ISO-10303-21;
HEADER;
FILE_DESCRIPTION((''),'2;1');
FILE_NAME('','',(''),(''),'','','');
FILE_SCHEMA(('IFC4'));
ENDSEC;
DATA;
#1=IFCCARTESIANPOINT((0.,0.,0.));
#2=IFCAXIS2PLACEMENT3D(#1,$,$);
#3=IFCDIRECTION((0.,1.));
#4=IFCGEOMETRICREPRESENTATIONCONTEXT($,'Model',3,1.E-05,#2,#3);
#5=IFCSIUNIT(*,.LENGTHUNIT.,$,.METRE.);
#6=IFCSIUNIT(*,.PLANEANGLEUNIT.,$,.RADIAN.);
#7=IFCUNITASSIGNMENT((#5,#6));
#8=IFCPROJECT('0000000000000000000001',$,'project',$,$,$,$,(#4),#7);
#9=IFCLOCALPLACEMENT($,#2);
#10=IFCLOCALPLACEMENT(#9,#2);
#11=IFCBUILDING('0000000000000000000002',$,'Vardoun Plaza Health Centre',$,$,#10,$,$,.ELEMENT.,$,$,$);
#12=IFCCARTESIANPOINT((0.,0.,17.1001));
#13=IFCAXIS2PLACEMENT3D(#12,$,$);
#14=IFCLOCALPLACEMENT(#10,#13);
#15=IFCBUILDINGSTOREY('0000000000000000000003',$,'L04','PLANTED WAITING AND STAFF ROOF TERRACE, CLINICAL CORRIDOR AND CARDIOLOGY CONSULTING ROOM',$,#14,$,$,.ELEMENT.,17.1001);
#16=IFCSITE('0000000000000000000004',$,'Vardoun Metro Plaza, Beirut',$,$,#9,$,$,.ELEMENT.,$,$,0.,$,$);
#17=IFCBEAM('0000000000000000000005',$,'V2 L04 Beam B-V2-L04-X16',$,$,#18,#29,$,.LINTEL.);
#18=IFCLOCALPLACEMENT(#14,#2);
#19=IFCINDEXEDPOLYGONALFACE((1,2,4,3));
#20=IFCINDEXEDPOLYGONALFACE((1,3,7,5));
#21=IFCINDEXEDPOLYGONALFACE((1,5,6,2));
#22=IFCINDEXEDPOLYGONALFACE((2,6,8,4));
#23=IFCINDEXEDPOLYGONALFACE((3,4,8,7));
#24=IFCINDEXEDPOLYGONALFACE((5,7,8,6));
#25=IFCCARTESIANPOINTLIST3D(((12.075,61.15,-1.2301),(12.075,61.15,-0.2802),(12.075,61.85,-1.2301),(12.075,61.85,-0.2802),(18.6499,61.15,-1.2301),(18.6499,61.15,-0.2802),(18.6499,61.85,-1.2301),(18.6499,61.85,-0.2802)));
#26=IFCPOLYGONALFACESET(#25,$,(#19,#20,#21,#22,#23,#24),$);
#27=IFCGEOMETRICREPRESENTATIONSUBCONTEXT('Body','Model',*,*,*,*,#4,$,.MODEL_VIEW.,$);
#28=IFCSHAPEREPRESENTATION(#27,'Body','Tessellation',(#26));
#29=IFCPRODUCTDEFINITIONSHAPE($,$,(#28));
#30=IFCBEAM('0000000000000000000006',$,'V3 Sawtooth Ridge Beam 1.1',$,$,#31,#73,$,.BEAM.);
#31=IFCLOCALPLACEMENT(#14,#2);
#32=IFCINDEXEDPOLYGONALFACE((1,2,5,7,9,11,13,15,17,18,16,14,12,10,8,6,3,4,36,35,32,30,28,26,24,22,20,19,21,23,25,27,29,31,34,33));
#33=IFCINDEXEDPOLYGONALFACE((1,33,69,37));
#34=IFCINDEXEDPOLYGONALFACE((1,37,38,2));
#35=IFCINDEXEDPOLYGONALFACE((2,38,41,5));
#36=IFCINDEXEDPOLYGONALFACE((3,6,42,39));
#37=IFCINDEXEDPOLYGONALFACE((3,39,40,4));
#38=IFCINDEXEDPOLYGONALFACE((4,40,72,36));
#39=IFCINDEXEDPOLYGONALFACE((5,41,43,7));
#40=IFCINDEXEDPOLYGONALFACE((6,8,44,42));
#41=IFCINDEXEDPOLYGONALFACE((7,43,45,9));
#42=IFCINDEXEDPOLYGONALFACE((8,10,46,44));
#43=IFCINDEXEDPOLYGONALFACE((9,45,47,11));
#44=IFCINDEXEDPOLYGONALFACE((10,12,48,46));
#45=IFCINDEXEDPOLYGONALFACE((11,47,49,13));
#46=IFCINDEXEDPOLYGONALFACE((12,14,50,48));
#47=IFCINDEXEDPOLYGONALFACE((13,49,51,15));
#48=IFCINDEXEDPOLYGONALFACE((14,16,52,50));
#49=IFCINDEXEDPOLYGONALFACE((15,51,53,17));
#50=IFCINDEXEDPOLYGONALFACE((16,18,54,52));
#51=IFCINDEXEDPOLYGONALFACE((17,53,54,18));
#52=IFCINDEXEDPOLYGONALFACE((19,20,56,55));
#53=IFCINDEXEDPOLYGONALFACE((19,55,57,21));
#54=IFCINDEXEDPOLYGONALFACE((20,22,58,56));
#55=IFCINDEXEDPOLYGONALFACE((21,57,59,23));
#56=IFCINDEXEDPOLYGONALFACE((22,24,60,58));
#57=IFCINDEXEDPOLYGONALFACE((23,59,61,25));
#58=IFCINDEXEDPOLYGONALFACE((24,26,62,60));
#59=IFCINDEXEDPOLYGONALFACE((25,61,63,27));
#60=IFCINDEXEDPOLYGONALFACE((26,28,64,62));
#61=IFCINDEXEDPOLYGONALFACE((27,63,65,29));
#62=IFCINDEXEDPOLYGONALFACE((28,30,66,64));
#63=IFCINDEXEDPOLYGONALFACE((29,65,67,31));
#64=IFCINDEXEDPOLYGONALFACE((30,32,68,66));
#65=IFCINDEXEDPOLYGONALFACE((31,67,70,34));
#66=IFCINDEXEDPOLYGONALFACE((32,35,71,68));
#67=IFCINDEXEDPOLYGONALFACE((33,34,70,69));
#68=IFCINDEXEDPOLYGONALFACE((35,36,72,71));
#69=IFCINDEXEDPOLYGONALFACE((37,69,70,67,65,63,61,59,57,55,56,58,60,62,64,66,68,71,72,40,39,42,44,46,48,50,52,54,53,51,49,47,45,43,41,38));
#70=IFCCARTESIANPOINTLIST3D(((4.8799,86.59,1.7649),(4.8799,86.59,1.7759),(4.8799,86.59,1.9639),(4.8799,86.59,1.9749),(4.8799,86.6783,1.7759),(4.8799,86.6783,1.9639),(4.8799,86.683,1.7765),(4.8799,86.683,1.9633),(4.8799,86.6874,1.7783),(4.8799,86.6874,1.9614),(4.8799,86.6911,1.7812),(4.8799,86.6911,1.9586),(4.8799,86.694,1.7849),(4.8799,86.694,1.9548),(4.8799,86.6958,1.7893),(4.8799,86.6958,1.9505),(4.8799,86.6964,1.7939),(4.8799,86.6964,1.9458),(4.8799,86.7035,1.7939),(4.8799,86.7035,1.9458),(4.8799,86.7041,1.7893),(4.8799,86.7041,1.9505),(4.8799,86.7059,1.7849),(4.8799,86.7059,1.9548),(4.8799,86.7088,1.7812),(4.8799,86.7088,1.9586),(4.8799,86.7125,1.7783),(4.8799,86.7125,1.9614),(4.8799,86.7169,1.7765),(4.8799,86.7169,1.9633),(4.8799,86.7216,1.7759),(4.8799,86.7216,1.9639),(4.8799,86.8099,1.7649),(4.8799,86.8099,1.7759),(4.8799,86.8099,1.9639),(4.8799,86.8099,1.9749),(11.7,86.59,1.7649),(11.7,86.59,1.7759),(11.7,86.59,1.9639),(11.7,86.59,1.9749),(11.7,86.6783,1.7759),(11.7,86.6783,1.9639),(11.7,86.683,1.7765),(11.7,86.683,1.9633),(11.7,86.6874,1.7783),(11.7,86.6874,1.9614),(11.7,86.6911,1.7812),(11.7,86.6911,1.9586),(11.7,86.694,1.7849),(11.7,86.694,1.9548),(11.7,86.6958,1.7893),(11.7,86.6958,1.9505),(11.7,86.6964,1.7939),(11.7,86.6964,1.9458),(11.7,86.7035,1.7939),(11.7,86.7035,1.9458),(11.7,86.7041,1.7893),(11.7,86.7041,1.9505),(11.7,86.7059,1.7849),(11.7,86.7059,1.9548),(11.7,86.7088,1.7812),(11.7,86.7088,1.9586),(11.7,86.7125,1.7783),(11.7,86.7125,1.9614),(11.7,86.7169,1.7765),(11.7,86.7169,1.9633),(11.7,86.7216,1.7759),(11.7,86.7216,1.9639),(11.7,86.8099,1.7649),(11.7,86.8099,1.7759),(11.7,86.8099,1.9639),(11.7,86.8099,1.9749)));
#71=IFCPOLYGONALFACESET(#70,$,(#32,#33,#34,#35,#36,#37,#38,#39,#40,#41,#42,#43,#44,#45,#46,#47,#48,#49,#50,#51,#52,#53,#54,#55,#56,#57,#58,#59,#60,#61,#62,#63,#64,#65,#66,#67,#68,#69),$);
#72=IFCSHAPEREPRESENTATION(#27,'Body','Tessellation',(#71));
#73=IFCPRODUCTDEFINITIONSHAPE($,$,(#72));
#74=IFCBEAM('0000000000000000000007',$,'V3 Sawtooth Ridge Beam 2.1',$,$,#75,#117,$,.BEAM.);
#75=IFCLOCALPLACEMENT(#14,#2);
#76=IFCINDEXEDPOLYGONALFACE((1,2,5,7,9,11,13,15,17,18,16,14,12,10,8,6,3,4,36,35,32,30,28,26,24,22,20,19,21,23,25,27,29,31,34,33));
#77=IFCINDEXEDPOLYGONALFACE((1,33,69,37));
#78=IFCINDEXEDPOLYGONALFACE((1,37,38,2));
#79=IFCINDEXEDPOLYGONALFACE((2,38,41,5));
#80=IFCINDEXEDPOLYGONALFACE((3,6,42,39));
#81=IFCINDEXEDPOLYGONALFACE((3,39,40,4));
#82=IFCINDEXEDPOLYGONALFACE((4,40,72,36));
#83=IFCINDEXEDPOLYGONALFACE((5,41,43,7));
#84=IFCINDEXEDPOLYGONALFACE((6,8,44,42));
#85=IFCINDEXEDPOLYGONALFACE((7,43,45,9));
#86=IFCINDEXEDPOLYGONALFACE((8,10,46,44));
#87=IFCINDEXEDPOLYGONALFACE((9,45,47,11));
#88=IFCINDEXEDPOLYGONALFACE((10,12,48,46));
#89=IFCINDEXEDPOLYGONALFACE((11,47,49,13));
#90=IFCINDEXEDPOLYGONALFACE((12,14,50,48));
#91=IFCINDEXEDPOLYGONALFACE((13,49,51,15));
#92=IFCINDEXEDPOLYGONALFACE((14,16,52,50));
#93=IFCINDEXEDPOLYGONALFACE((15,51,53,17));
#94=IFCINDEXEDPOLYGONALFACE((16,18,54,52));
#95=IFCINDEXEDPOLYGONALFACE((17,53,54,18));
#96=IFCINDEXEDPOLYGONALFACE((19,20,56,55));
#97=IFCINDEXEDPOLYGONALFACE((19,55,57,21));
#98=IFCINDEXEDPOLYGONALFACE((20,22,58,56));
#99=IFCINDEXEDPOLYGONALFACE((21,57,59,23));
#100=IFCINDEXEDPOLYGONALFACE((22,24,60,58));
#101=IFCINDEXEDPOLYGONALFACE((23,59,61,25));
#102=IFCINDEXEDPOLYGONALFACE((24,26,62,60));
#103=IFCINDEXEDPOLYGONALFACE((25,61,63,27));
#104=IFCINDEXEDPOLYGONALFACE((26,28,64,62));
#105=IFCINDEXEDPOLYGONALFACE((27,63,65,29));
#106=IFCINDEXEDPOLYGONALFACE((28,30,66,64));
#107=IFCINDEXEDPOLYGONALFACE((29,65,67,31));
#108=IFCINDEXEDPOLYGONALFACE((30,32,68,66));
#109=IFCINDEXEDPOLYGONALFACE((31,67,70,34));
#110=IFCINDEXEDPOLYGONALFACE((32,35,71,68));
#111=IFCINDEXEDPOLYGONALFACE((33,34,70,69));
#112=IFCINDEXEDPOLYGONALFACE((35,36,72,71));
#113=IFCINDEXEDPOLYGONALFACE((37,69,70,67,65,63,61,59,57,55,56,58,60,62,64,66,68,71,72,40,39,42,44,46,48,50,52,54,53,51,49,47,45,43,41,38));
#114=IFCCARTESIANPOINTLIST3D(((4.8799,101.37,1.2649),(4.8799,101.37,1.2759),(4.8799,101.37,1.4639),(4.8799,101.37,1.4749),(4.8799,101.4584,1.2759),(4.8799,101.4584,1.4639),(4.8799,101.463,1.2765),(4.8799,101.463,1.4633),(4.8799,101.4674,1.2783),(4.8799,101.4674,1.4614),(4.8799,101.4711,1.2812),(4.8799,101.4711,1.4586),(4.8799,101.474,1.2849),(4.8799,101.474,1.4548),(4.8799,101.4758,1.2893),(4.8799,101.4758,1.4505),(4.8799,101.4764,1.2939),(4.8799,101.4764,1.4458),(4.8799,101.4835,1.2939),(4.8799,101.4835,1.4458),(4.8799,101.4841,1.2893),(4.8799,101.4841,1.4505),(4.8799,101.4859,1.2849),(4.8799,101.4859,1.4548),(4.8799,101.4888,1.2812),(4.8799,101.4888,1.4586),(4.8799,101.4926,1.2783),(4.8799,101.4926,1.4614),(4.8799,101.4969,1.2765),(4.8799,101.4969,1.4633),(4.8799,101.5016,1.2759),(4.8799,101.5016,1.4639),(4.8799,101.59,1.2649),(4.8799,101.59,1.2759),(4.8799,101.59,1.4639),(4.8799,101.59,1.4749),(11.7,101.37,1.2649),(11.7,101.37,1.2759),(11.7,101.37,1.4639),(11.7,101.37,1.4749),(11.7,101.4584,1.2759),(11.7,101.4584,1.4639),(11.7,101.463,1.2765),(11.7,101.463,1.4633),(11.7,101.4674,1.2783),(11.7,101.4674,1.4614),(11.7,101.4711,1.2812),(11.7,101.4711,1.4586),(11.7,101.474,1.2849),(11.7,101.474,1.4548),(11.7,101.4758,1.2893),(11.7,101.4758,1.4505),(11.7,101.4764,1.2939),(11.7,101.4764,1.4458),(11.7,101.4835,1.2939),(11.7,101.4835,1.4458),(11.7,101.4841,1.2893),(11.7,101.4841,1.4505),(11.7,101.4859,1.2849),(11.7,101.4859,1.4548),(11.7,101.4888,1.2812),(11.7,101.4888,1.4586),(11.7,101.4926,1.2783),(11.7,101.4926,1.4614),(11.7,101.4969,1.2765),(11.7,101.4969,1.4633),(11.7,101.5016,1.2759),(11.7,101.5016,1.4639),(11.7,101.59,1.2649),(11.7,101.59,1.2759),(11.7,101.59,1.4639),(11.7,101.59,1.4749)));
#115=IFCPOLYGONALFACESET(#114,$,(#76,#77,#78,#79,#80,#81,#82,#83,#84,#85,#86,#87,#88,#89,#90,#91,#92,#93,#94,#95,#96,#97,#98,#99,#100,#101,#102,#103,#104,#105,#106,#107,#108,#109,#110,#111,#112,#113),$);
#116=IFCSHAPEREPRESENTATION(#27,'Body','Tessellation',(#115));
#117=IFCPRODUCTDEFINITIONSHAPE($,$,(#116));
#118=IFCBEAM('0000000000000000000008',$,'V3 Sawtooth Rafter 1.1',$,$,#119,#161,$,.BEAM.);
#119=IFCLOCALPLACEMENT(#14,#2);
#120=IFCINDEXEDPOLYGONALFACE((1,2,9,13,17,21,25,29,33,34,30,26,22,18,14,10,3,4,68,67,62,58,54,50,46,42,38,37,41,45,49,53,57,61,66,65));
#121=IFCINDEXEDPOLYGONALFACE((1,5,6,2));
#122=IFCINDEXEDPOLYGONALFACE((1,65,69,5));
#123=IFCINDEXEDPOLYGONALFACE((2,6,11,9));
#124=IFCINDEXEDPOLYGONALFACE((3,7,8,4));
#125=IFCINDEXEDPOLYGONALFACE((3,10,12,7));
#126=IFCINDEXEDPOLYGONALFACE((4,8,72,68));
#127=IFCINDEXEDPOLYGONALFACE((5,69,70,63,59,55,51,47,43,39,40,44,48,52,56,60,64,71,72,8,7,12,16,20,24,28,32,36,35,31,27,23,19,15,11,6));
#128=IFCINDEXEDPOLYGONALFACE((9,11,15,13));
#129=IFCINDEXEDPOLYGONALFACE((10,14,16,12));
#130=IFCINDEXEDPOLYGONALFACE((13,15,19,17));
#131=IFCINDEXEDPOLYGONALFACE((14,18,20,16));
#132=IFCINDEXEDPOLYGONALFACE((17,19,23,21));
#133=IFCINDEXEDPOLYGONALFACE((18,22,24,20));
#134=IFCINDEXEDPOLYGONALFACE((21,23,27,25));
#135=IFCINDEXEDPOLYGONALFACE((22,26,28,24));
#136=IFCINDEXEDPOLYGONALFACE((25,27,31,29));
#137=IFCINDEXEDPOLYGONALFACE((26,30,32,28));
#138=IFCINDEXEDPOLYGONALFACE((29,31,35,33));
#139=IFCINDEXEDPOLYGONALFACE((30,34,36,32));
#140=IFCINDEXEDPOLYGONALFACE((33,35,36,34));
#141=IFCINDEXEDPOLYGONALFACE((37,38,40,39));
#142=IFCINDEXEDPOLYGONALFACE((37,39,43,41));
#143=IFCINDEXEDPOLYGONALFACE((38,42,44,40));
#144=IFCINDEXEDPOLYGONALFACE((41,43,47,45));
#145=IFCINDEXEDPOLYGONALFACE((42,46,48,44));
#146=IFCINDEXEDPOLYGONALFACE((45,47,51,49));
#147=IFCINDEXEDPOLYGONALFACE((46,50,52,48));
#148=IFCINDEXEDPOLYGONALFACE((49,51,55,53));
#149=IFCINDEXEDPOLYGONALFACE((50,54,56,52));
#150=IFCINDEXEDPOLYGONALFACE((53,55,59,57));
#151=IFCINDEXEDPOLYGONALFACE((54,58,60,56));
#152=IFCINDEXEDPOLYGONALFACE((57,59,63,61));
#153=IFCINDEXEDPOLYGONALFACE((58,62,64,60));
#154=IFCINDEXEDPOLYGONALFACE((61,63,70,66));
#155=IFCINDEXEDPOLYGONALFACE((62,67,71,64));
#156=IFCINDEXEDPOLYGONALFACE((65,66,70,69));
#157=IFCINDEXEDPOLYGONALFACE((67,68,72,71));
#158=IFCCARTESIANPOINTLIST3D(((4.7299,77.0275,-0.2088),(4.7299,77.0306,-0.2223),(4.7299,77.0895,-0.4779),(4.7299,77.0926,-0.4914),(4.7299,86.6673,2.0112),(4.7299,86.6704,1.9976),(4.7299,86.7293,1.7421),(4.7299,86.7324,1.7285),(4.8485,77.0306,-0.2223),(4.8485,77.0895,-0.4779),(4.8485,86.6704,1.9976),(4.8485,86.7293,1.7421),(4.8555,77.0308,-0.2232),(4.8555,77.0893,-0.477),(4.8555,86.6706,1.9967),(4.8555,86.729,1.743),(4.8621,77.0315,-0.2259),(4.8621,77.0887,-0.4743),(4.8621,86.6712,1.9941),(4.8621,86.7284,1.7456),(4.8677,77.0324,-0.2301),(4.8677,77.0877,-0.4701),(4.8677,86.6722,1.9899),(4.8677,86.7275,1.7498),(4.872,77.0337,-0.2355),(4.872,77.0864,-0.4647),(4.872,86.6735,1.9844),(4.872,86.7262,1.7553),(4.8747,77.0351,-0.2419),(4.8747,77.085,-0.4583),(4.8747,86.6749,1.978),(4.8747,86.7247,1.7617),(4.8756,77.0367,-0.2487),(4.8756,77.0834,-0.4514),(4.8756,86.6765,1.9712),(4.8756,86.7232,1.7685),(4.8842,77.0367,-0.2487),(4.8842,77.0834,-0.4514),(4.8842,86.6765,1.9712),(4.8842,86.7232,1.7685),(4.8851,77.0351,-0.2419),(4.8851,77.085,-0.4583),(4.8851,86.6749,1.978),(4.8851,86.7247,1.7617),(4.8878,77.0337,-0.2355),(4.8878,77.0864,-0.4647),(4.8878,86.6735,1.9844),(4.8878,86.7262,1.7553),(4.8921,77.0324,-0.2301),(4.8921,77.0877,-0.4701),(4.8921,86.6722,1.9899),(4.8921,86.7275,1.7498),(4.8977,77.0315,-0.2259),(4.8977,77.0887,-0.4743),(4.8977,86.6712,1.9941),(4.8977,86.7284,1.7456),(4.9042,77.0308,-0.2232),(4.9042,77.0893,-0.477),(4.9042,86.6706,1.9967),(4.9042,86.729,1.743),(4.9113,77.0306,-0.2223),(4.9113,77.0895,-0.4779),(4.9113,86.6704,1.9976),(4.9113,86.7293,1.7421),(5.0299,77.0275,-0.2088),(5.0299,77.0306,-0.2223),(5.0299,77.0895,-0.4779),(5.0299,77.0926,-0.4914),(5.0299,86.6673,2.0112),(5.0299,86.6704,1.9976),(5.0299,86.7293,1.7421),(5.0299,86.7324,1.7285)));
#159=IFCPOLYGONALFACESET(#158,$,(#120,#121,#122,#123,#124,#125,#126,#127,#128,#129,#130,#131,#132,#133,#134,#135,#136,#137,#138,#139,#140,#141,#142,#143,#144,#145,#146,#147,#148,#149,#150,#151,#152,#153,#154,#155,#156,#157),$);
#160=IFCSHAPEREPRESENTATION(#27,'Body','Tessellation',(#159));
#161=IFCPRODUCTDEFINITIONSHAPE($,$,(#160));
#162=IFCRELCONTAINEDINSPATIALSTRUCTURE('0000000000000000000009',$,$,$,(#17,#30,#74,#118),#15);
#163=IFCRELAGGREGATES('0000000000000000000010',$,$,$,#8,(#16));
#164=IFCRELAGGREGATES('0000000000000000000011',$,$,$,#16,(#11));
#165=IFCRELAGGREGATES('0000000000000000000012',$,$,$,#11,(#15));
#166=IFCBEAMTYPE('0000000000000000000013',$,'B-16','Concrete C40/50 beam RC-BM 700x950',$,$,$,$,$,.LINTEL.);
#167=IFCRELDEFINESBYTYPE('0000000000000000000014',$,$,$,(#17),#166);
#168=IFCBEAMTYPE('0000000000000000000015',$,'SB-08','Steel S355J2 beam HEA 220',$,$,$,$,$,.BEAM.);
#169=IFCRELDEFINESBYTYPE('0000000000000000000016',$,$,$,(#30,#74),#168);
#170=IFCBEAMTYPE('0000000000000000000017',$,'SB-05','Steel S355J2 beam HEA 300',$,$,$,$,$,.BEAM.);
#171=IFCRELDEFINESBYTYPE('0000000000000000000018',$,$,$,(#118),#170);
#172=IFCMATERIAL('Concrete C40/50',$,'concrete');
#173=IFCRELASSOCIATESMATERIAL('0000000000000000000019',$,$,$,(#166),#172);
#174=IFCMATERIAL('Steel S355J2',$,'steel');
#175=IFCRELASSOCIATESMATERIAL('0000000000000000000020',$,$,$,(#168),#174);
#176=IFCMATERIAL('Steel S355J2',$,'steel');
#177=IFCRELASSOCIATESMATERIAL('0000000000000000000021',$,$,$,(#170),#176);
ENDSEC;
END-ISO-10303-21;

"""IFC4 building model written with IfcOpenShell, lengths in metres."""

from ifc_helpers import new_model, si_unit, direction, frame, origin, origin_2d, place, context, subcontext, project, spatial, rectangle, i_section, extrude, material, material_profile, profile_set, type_object, element, save


model = new_model("IFC4")

# Units and contexts
model_context = context("Model", 3, precision=1e-05, world=origin(), true_north=direction((0.0, 1.0)))
body_context = subcontext(model_context, "Body", "Model", "MODEL_VIEW")
ifc_project = project(units=[si_unit("LENGTHUNIT", "METRE"), si_unit("PLANEANGLEUNIT", "RADIAN")], contexts=[model_context])

# Site, building, storey
site_placement = place(None, origin())
site = spatial("IfcSite", under=ifc_project, at=site_placement, Name="Vardoun Metro Plaza, Beirut", CompositionType="ELEMENT", RefElevation=0.0)
building_placement = place(site_placement, origin())
building = spatial("IfcBuilding", under=site, at=building_placement, Name="Vardoun Plaza Health Centre", CompositionType="ELEMENT")
storey_placement = place(building_placement, frame((0.0, 0.0, 17.1001)))
storey = spatial("IfcBuildingStorey", under=building, at=storey_placement, Name="L04", Description="PLANTED WAITING AND STAFF ROOF TERRACE, CLINICAL CORRIDOR AND CARDIOLOGY CONSULTING ROOM", CompositionType="ELEMENT", Elevation=17.1001)

# Beams
ifc_material_1 = material(Name="Concrete C40/50", Category="concrete")
ifc_material_profile_1 = material_profile(ifc_material_1, rectangle(XDim=0.7, YDim=0.95, at=origin_2d()), Name="RC-BM 700x950")
ifc_profile_set_1 = profile_set([ifc_material_profile_1], Name="Concrete C40/50")
beam_type_1 = type_object("IfcBeamType", Name="B-16", Description="Concrete C40/50 beam RC-BM 700x950", PredefinedType="LINTEL", material=ifc_profile_set_1)
beam_1_placement = place(storey_placement, frame((12.075, 61.5, -0.7551), z_axis=(1.0, 0.0, 0.0), x_axis=(0.0, 1.0, 0.0)))
element("IfcBeam", 1, at=beam_1_placement, inside=storey, type_object=beam_type_1, Name="V2 L04 Beam B-V2-L04-X16", PredefinedType="LINTEL", context=body_context, shape_type="SweptSolid", body=[
    extrude(rectangle(XDim=0.7, YDim=0.95, at=origin_2d()), origin(), (0.0, 0.0, 1.0), 6.575),
])
ifc_material_2 = material(Name="Steel S355J2", Category="steel")
ifc_material_profile_2 = material_profile(ifc_material_2, i_section(OverallWidth=0.22, OverallDepth=0.21, WebThickness=0.0071, FlangeThickness=0.011, FilletRadius=0.0181, at=origin_2d()), Name="HEA 220")
ifc_profile_set_2 = profile_set([ifc_material_profile_2], Name="Steel S355J2")
beam_type_2 = type_object("IfcBeamType", Name="SB-08", Description="Steel S355J2 beam HEA 220", PredefinedType="BEAM", material=ifc_profile_set_2)
for number, where, z_axis, x_axis, name in (
    (2, (4.8799, 86.7, 1.8699), (1.0, 0.0, 0.0), (0.0, 1.0, 0.0), "V3 Sawtooth Ridge Beam 1.1"),
    (3, (4.8799, 101.48, 1.3699), (1.0, 0.0, 0.0), (0.0, 1.0, 0.0), "V3 Sawtooth Ridge Beam 2.1"),
):
    element("IfcBeam", number, at=place(storey_placement, frame(where, z_axis=z_axis, x_axis=x_axis)), inside=storey, type_object=beam_type_2, Name=name, PredefinedType="BEAM", context=body_context, shape_type="SweptSolid", body=[
        extrude(i_section(OverallWidth=0.22, OverallDepth=0.21, WebThickness=0.0071, FlangeThickness=0.011, FilletRadius=0.0181, at=origin_2d()), origin(), (0.0, 0.0, 1.0), 6.8201),
    ])
ifc_material_3 = material(Name="Steel S355J2", Category="steel")
ifc_material_profile_3 = material_profile(ifc_material_3, i_section(OverallWidth=0.3, OverallDepth=0.29, WebThickness=0.0085, FlangeThickness=0.0139, FilletRadius=0.0271, at=origin_2d()), Name="HEA 300")
ifc_profile_set_3 = profile_set([ifc_material_profile_3], Name="Steel S355J2")
beam_type_3 = type_object("IfcBeamType", Name="SB-05", Description="Steel S355J2 beam HEA 300", PredefinedType="BEAM", material=ifc_profile_set_3)
for number, where, z_axis, x_axis, name in (
    (4, (4.8799, 77.0601, -0.3501), (0.0, 0.974493, 0.224416), (-1.0, 0.0, 0.0), "V3 Sawtooth Rafter 1.1"),
):
    element("IfcBeam", number, at=place(storey_placement, frame(where, z_axis=z_axis, x_axis=x_axis)), inside=storey, type_object=beam_type_3, Name=name, PredefinedType="BEAM", context=body_context, shape_type="SweptSolid", body=[
        extrude(i_section(OverallWidth=0.3, OverallDepth=0.29, WebThickness=0.0085, FlangeThickness=0.0139, FilletRadius=0.0271, at=origin_2d()), origin(), (0.0, 0.0, 1.0), 9.8921),
    ])

save(model, "model.ifc")
